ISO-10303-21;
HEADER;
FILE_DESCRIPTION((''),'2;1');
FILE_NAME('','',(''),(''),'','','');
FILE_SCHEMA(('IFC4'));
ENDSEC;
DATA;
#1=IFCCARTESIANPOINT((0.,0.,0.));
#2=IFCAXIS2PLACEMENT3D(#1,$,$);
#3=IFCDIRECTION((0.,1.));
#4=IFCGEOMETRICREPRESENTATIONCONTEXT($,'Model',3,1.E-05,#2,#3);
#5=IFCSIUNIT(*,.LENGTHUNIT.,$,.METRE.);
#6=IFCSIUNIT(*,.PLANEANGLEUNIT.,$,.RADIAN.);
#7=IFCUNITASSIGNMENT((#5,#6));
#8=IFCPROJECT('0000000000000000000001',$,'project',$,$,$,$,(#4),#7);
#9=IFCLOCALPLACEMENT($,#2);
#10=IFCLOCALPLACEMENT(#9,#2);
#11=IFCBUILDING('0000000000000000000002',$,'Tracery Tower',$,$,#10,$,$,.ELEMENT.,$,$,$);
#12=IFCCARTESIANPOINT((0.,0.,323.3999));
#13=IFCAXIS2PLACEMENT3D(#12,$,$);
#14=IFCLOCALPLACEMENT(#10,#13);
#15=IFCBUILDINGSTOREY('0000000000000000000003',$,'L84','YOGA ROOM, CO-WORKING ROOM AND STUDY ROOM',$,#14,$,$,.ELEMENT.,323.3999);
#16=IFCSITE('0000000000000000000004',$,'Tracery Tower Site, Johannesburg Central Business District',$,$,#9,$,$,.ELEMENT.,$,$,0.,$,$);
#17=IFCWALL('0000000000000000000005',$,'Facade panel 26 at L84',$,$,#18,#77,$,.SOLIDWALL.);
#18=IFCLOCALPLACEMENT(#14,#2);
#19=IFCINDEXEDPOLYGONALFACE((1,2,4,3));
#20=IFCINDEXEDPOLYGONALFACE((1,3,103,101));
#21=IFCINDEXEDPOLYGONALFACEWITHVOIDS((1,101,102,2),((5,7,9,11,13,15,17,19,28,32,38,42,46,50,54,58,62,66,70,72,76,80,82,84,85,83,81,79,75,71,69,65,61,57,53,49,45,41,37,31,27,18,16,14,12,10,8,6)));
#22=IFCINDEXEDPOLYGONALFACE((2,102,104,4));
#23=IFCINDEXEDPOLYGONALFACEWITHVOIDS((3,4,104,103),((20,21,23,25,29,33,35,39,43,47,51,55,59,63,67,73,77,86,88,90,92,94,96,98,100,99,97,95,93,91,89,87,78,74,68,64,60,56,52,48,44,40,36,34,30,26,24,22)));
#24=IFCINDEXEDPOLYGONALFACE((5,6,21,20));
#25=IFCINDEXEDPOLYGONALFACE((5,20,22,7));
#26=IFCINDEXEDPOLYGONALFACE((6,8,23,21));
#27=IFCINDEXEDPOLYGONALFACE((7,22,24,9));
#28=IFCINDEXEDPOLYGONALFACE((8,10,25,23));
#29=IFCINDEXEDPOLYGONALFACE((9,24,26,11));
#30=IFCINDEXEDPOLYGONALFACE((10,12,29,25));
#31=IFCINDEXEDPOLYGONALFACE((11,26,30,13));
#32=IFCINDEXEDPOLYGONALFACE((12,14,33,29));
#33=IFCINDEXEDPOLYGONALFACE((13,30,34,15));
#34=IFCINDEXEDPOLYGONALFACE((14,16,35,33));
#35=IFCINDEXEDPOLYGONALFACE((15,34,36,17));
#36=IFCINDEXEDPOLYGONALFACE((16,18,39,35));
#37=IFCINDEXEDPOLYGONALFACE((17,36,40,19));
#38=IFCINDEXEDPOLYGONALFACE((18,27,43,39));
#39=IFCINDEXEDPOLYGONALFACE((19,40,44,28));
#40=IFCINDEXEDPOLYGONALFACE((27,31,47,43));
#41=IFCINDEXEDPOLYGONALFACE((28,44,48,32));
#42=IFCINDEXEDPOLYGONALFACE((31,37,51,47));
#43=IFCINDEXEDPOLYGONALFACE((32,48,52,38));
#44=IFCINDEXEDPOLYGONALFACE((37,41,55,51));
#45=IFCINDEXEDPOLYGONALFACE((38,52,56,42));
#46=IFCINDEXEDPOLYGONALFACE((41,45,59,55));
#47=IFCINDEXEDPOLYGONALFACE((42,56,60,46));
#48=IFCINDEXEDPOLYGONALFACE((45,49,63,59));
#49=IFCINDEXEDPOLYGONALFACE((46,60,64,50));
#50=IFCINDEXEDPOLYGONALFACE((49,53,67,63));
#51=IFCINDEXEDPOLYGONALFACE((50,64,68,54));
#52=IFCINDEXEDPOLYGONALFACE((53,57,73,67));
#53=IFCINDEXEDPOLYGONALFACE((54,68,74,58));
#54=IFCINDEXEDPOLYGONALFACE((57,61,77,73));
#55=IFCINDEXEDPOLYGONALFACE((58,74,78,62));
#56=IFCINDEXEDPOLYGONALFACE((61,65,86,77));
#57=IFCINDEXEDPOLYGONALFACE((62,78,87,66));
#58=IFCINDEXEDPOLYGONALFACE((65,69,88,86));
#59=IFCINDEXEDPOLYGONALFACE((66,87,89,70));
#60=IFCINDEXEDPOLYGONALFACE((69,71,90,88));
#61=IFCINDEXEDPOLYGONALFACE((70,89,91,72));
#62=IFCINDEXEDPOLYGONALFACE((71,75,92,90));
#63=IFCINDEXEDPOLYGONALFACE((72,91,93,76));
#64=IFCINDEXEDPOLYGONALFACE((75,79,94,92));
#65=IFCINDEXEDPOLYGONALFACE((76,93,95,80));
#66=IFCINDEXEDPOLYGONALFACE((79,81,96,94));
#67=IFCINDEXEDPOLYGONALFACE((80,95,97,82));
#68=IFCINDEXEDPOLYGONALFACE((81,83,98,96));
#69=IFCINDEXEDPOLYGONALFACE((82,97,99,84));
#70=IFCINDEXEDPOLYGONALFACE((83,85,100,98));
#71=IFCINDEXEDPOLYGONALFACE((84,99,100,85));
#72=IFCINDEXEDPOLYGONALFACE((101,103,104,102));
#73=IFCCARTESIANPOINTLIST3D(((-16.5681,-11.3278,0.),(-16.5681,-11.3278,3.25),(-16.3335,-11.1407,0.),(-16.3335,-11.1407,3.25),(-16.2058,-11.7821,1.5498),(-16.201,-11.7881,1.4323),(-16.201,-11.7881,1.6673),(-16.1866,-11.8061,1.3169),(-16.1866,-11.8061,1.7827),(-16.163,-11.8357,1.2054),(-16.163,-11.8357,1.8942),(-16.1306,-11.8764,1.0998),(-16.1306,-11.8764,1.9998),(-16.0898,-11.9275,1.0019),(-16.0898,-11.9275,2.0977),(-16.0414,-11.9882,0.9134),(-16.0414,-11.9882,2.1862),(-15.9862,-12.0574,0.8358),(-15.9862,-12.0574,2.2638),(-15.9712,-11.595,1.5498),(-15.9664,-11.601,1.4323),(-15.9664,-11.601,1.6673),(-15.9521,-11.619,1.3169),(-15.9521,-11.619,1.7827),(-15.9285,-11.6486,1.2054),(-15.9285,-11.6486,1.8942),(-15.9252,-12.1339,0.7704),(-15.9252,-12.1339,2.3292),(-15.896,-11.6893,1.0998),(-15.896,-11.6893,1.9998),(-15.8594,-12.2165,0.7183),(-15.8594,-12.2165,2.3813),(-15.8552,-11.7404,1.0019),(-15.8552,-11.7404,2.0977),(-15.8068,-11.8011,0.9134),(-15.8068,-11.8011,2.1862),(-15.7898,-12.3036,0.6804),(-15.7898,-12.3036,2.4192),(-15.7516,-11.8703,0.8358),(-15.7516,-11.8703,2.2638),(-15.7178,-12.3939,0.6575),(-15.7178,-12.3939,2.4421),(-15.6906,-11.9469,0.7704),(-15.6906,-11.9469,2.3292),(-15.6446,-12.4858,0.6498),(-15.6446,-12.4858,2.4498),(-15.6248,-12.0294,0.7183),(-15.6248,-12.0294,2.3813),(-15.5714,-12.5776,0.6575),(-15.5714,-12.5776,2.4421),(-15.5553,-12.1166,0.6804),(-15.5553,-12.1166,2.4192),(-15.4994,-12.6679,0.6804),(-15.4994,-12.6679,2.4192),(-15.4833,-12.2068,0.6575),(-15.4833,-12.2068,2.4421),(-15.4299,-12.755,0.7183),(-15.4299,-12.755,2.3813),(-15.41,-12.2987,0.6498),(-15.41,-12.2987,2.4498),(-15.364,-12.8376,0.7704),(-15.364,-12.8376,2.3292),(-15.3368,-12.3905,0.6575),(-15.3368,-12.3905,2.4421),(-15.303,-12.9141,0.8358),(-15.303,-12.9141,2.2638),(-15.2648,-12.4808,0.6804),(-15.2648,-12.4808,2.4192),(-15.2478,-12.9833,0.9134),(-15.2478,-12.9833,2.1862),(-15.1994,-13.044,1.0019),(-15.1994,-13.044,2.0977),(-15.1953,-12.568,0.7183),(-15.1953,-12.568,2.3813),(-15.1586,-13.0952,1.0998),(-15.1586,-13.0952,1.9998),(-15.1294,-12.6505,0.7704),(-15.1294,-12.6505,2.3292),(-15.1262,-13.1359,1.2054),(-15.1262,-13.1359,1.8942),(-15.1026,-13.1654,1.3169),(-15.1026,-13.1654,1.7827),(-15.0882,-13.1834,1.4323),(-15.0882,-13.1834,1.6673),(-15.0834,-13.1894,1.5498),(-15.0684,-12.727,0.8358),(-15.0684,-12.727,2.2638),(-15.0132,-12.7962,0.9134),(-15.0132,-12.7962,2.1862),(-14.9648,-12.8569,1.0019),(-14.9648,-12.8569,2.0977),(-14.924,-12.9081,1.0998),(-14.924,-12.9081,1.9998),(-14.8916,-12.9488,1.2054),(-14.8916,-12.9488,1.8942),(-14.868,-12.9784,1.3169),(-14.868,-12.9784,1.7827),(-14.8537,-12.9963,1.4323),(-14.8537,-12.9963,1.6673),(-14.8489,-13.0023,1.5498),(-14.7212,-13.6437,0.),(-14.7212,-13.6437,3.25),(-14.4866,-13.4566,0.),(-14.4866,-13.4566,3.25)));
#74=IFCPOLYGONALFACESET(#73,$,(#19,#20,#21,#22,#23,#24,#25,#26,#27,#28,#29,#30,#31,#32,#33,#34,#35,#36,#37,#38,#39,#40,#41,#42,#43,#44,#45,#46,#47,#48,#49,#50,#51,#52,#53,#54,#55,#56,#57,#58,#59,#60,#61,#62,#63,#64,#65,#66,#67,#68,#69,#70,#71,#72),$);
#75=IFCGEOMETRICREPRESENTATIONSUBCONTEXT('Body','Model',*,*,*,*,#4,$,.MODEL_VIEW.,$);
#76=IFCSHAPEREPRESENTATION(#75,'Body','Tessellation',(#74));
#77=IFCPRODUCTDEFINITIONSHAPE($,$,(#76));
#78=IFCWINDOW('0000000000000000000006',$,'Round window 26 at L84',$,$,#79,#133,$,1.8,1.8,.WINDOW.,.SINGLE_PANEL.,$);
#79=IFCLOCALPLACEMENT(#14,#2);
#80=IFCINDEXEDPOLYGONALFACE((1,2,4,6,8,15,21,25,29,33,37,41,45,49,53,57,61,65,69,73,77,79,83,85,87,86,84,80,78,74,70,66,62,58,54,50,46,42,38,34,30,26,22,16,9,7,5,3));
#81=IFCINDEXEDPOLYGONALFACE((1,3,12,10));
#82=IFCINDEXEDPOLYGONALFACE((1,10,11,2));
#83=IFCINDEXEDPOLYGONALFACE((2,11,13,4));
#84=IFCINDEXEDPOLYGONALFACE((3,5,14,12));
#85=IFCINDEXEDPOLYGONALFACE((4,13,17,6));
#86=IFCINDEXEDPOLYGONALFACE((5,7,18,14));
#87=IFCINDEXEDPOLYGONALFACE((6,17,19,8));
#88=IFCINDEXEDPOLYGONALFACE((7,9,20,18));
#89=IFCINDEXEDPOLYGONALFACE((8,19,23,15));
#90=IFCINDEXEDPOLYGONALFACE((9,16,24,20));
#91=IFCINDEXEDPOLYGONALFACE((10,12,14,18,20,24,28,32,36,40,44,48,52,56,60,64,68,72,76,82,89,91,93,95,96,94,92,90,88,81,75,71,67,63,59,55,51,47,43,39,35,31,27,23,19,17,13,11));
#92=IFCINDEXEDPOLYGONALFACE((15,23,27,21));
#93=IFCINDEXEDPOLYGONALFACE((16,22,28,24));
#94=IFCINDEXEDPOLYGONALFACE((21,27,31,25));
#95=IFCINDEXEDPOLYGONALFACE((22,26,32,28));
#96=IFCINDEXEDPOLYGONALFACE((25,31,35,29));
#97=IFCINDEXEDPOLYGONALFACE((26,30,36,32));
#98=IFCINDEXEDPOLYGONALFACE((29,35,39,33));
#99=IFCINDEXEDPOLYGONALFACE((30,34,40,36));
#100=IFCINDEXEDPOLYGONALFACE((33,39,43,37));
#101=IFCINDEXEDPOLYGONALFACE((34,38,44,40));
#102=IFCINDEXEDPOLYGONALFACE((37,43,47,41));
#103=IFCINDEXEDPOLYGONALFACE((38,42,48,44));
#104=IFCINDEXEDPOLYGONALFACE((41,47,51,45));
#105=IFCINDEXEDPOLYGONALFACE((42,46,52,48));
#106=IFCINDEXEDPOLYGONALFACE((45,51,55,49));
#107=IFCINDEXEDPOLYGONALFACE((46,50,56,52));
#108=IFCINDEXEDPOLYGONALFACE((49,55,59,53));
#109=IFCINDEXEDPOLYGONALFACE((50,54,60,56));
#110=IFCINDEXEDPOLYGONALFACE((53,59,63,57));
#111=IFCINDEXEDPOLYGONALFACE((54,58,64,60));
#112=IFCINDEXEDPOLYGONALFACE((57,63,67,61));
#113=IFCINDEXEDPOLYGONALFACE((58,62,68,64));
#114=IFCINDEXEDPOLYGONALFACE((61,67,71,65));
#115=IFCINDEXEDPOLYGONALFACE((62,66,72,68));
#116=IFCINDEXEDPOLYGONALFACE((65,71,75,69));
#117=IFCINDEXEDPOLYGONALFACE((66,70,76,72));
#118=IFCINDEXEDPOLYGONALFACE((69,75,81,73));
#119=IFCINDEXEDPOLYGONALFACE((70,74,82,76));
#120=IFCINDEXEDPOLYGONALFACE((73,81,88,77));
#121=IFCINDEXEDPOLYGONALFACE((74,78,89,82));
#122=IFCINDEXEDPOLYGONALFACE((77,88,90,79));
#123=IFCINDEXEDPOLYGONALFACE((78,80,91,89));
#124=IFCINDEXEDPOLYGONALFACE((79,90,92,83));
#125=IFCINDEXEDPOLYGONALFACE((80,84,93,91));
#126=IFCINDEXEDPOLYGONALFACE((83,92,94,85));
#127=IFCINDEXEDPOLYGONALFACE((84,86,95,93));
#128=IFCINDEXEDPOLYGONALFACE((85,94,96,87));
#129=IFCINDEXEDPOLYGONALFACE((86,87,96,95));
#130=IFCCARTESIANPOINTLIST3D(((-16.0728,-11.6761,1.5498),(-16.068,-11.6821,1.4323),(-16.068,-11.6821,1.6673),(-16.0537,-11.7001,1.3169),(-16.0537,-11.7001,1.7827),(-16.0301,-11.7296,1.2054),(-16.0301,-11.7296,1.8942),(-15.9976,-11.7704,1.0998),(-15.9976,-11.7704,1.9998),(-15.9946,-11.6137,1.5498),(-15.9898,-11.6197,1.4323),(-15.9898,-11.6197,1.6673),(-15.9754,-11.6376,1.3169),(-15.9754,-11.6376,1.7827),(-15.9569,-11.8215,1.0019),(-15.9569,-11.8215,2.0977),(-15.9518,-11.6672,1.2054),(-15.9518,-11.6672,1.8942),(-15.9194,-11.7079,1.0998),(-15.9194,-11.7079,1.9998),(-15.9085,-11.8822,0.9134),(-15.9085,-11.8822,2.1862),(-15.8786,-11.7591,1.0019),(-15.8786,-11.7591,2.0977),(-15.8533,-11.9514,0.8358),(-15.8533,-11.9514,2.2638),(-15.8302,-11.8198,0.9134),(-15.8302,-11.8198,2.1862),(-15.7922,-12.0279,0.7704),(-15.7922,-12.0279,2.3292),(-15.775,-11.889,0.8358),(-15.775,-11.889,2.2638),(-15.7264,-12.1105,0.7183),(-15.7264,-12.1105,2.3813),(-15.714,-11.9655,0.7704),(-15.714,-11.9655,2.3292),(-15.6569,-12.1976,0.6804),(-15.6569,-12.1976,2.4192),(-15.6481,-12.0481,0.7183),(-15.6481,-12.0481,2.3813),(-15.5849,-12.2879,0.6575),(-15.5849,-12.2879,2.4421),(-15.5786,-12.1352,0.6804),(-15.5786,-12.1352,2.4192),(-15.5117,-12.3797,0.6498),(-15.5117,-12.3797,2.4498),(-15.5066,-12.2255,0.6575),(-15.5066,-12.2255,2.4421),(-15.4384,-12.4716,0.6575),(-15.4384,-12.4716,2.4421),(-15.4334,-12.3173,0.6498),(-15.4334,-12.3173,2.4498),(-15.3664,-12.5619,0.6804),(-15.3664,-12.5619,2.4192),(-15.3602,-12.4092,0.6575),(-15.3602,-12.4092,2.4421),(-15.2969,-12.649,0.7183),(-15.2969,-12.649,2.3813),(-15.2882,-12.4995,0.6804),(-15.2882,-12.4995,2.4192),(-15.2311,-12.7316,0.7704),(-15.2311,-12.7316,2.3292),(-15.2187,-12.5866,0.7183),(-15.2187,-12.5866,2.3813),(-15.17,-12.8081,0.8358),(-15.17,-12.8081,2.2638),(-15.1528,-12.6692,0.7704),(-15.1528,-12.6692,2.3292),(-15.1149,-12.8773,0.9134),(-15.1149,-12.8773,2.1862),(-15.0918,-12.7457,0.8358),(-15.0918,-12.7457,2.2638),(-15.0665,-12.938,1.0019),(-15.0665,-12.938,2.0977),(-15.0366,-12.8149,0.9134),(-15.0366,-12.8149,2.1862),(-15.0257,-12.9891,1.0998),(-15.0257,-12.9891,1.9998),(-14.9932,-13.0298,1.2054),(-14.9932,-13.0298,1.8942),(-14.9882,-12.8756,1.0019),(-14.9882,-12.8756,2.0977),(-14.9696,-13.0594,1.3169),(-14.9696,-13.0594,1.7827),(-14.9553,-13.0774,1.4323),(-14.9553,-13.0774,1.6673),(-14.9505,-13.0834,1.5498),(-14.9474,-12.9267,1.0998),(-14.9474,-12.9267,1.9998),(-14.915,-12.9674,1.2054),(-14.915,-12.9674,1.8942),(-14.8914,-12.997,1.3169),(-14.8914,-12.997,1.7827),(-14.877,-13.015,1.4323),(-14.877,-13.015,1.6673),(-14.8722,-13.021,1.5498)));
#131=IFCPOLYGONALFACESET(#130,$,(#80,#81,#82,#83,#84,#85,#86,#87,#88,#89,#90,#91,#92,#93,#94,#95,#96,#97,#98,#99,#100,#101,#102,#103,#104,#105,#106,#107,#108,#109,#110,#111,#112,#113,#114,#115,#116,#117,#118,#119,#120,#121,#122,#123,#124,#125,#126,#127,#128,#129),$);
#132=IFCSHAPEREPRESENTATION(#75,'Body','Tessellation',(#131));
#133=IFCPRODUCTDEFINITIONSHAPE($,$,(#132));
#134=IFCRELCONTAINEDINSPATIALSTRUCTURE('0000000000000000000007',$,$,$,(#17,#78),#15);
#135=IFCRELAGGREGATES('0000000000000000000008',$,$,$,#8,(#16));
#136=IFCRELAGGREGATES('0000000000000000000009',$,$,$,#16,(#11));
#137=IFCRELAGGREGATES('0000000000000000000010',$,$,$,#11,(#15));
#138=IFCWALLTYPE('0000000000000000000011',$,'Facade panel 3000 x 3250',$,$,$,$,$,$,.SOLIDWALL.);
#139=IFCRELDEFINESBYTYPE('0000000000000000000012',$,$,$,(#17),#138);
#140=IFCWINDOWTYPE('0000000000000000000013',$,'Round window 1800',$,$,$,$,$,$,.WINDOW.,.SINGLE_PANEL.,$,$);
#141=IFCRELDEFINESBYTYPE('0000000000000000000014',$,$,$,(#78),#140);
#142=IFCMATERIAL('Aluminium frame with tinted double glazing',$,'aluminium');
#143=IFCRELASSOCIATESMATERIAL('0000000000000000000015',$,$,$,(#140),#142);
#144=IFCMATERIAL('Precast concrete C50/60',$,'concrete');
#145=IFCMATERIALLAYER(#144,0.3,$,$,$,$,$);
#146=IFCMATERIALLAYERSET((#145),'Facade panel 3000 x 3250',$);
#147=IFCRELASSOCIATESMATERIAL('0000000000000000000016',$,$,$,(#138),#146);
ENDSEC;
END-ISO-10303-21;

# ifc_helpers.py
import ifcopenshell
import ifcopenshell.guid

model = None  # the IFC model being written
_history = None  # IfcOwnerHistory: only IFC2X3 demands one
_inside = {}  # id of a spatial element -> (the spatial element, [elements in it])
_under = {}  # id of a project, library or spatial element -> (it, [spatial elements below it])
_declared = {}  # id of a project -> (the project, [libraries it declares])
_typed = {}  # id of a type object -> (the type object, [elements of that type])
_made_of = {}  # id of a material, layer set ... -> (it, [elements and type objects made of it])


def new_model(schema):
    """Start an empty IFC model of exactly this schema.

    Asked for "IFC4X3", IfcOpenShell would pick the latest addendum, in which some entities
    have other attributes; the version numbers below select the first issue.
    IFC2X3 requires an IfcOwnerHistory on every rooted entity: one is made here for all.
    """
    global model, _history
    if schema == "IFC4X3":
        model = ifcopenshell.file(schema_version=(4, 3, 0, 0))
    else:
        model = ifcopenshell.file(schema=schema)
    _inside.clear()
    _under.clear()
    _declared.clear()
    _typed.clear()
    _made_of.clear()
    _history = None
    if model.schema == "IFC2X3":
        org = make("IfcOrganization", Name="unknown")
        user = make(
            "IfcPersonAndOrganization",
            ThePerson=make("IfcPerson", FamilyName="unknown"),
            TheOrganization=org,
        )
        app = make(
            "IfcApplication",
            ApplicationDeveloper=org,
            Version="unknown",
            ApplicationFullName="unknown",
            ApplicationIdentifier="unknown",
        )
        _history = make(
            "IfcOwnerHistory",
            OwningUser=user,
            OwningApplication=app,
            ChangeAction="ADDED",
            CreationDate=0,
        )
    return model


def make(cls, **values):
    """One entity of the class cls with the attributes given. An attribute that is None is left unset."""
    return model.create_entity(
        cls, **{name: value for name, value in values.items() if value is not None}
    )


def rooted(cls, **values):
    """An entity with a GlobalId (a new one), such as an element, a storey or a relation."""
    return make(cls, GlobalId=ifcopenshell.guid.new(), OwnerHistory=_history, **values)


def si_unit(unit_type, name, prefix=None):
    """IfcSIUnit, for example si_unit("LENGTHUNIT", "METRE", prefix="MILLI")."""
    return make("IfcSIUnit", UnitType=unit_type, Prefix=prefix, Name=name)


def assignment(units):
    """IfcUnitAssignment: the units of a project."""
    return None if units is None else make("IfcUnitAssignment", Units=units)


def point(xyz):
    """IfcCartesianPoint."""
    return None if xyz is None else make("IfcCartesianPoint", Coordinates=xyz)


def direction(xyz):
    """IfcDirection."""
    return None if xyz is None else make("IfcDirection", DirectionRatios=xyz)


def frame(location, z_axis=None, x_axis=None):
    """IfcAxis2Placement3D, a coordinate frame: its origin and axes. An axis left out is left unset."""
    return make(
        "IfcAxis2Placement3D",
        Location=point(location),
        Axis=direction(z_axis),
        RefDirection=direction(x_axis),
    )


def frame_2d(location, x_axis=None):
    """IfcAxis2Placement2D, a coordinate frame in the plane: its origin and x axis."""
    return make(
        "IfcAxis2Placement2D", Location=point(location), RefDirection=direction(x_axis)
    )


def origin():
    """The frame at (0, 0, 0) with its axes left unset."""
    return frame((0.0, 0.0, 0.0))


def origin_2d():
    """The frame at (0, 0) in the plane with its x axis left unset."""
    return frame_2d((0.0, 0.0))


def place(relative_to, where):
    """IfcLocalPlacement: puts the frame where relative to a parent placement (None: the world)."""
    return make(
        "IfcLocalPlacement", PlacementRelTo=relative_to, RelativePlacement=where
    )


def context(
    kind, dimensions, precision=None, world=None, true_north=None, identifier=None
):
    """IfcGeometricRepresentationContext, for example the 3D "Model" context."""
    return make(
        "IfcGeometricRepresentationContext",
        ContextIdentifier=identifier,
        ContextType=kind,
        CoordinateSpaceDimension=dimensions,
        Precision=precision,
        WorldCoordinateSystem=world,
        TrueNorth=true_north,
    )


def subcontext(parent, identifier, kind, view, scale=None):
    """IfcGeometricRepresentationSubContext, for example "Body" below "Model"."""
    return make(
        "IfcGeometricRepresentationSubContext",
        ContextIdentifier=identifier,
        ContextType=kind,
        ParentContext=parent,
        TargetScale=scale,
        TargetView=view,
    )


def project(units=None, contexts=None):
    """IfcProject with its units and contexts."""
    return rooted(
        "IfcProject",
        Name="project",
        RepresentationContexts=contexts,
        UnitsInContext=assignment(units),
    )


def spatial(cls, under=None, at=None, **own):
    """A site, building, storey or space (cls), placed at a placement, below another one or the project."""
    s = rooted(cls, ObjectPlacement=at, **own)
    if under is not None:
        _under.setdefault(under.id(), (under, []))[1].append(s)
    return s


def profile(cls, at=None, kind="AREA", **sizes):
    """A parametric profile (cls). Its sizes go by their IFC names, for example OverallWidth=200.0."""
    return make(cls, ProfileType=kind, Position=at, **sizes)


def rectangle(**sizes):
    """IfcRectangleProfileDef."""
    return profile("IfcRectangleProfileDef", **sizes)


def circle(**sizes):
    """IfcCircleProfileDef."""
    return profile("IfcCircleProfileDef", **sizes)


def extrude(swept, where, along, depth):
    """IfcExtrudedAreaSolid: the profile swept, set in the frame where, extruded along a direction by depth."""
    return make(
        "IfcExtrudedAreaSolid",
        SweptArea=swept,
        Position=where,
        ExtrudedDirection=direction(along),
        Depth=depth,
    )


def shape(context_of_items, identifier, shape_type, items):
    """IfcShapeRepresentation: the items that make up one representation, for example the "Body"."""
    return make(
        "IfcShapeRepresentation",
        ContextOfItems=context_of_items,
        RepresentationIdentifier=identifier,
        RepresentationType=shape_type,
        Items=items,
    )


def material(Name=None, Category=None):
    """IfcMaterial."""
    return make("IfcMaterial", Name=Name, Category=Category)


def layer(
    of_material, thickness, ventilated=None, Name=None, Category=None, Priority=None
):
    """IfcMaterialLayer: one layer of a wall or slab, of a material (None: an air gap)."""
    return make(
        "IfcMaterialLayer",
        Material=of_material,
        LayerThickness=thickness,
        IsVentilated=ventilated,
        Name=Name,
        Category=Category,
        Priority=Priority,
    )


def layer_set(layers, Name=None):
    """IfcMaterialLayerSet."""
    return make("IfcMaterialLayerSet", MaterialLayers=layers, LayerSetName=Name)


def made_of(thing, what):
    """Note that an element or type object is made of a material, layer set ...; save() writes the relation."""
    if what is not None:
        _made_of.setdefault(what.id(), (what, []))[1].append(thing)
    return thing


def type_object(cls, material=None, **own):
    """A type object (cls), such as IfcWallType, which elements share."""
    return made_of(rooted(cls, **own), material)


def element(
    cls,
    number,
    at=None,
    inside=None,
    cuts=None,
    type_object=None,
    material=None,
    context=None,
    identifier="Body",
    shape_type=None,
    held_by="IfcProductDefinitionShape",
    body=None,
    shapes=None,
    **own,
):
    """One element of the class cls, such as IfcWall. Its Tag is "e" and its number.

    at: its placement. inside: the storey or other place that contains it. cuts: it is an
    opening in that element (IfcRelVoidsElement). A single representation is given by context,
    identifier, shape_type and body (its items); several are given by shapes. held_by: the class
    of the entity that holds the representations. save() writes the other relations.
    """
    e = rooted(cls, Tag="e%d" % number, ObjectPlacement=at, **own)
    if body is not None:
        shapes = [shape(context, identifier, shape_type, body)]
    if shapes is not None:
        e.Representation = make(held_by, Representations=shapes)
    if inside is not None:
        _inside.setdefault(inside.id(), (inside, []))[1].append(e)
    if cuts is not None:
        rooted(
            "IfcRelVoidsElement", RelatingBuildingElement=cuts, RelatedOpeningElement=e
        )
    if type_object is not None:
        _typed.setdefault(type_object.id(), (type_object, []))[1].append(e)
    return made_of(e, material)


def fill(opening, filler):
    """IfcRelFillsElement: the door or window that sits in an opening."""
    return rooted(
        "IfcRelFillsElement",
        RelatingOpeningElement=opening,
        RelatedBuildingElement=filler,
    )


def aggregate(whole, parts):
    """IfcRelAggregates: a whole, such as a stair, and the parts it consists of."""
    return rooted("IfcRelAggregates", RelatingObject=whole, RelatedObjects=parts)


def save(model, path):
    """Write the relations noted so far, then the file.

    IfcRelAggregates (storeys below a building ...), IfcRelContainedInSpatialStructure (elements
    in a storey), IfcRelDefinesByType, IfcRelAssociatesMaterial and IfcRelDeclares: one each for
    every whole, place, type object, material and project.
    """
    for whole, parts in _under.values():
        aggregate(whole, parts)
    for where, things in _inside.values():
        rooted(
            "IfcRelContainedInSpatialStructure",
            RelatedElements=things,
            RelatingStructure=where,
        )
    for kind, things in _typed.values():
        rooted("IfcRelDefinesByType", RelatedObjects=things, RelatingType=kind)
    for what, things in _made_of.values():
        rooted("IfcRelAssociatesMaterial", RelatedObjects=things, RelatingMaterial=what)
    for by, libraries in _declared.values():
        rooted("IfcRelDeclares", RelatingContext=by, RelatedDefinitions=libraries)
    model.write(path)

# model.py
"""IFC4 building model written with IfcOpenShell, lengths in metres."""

from ifc_helpers import new_model, si_unit, direction, frame, frame_2d, origin, origin_2d, place, context, subcontext, project, spatial, rectangle, circle, extrude, material, layer, layer_set, type_object, element, fill, save


model = new_model("IFC4")

# Units and contexts
model_context = context("Model", 3, precision=1e-05, world=origin(), true_north=direction((0.0, 1.0)))
body_context = subcontext(model_context, "Body", "Model", "MODEL_VIEW")
ifc_project = project(units=[si_unit("LENGTHUNIT", "METRE"), si_unit("PLANEANGLEUNIT", "RADIAN")], contexts=[model_context])

# Site, building, storey
site_placement = place(None, origin())
site = spatial("IfcSite", under=ifc_project, at=site_placement, Name="Tracery Tower Site, Johannesburg Central Business District", CompositionType="ELEMENT", RefElevation=0.0)
building_placement = place(site_placement, origin())
building = spatial("IfcBuilding", under=site, at=building_placement, Name="Tracery Tower", CompositionType="ELEMENT")
storey_placement = place(building_placement, frame((0.0, 0.0, 323.3999)))
storey = spatial("IfcBuildingStorey", under=building, at=storey_placement, Name="L84", Description="YOGA ROOM, CO-WORKING ROOM AND STUDY ROOM", CompositionType="ELEMENT", Elevation=323.3999)

# Wall, opening, window
ifc_material_1 = material(Name="Aluminium frame with tinted double glazing", Category="aluminium")
window_type = type_object("IfcWindowType", Name="Round window 1800", PartitioningType="SINGLE_PANEL", PredefinedType="WINDOW", material=ifc_material_1)
ifc_material_2 = material(Name="Precast concrete C50/60", Category="concrete")
ifc_layer_1 = layer(ifc_material_2, 0.3)
ifc_layer_set_1 = layer_set([ifc_layer_1], Name="Facade panel 3000 x 3250")
wall_type_1 = type_object("IfcWallType", Name="Facade panel 3000 x 3250", PredefinedType="SOLIDWALL", material=ifc_layer_set_1)
wall_1_placement = place(storey_placement, frame((-16.4507, -11.2344, 0.0), z_axis=(0.0, 0.0, 1.0), x_axis=(0.623498, -0.781825, 0.0)))
wall_1 = element("IfcWall", 1, at=wall_1_placement, inside=storey, type_object=wall_type_1, Name="Facade panel 26 at L84", PredefinedType="SOLIDWALL", context=body_context, shape_type="SweptSolid", body=[
    extrude(rectangle(XDim=2.9622, YDim=0.3, at=frame_2d((1.481, 0.0))), origin(), (0.0, 0.0, 1.0), 3.25),
])
opening_1_placement = place(wall_1_placement, frame((1.481, 0.0, 1.5498)))
opening_1 = element("IfcOpeningElement", 2, at=opening_1_placement, cuts=wall_1, PredefinedType="OPENING", context=body_context, shape_type="SweptSolid", body=[
    extrude(circle(Radius=0.9, at=origin_2d()), frame((0.0, 0.1599, 0.0), z_axis=(0.0, -1.0, 0.0), x_axis=(1.0, 0.0, 0.0)), (0.0, 0.0, 1.0), 0.3201),
])
window_1_placement = place(opening_1_placement, origin())
window_1 = element("IfcWindow", 3, at=window_1_placement, inside=storey, type_object=window_type, Name="Round window 26 at L84", OverallHeight=1.8, OverallWidth=1.8, PartitioningType="SINGLE_PANEL", PredefinedType="WINDOW", context=body_context, shape_type="SweptSolid", body=[
    extrude(circle(Radius=0.9, at=origin_2d()), frame((0.0, 0.1201, 0.0), z_axis=(0.0, -1.0, 0.0), x_axis=(1.0, 0.0, 0.0)), (0.0, 0.0, 1.0), 0.1001),
])
fill(opening_1, window_1)

save(model, "model.ifc")
